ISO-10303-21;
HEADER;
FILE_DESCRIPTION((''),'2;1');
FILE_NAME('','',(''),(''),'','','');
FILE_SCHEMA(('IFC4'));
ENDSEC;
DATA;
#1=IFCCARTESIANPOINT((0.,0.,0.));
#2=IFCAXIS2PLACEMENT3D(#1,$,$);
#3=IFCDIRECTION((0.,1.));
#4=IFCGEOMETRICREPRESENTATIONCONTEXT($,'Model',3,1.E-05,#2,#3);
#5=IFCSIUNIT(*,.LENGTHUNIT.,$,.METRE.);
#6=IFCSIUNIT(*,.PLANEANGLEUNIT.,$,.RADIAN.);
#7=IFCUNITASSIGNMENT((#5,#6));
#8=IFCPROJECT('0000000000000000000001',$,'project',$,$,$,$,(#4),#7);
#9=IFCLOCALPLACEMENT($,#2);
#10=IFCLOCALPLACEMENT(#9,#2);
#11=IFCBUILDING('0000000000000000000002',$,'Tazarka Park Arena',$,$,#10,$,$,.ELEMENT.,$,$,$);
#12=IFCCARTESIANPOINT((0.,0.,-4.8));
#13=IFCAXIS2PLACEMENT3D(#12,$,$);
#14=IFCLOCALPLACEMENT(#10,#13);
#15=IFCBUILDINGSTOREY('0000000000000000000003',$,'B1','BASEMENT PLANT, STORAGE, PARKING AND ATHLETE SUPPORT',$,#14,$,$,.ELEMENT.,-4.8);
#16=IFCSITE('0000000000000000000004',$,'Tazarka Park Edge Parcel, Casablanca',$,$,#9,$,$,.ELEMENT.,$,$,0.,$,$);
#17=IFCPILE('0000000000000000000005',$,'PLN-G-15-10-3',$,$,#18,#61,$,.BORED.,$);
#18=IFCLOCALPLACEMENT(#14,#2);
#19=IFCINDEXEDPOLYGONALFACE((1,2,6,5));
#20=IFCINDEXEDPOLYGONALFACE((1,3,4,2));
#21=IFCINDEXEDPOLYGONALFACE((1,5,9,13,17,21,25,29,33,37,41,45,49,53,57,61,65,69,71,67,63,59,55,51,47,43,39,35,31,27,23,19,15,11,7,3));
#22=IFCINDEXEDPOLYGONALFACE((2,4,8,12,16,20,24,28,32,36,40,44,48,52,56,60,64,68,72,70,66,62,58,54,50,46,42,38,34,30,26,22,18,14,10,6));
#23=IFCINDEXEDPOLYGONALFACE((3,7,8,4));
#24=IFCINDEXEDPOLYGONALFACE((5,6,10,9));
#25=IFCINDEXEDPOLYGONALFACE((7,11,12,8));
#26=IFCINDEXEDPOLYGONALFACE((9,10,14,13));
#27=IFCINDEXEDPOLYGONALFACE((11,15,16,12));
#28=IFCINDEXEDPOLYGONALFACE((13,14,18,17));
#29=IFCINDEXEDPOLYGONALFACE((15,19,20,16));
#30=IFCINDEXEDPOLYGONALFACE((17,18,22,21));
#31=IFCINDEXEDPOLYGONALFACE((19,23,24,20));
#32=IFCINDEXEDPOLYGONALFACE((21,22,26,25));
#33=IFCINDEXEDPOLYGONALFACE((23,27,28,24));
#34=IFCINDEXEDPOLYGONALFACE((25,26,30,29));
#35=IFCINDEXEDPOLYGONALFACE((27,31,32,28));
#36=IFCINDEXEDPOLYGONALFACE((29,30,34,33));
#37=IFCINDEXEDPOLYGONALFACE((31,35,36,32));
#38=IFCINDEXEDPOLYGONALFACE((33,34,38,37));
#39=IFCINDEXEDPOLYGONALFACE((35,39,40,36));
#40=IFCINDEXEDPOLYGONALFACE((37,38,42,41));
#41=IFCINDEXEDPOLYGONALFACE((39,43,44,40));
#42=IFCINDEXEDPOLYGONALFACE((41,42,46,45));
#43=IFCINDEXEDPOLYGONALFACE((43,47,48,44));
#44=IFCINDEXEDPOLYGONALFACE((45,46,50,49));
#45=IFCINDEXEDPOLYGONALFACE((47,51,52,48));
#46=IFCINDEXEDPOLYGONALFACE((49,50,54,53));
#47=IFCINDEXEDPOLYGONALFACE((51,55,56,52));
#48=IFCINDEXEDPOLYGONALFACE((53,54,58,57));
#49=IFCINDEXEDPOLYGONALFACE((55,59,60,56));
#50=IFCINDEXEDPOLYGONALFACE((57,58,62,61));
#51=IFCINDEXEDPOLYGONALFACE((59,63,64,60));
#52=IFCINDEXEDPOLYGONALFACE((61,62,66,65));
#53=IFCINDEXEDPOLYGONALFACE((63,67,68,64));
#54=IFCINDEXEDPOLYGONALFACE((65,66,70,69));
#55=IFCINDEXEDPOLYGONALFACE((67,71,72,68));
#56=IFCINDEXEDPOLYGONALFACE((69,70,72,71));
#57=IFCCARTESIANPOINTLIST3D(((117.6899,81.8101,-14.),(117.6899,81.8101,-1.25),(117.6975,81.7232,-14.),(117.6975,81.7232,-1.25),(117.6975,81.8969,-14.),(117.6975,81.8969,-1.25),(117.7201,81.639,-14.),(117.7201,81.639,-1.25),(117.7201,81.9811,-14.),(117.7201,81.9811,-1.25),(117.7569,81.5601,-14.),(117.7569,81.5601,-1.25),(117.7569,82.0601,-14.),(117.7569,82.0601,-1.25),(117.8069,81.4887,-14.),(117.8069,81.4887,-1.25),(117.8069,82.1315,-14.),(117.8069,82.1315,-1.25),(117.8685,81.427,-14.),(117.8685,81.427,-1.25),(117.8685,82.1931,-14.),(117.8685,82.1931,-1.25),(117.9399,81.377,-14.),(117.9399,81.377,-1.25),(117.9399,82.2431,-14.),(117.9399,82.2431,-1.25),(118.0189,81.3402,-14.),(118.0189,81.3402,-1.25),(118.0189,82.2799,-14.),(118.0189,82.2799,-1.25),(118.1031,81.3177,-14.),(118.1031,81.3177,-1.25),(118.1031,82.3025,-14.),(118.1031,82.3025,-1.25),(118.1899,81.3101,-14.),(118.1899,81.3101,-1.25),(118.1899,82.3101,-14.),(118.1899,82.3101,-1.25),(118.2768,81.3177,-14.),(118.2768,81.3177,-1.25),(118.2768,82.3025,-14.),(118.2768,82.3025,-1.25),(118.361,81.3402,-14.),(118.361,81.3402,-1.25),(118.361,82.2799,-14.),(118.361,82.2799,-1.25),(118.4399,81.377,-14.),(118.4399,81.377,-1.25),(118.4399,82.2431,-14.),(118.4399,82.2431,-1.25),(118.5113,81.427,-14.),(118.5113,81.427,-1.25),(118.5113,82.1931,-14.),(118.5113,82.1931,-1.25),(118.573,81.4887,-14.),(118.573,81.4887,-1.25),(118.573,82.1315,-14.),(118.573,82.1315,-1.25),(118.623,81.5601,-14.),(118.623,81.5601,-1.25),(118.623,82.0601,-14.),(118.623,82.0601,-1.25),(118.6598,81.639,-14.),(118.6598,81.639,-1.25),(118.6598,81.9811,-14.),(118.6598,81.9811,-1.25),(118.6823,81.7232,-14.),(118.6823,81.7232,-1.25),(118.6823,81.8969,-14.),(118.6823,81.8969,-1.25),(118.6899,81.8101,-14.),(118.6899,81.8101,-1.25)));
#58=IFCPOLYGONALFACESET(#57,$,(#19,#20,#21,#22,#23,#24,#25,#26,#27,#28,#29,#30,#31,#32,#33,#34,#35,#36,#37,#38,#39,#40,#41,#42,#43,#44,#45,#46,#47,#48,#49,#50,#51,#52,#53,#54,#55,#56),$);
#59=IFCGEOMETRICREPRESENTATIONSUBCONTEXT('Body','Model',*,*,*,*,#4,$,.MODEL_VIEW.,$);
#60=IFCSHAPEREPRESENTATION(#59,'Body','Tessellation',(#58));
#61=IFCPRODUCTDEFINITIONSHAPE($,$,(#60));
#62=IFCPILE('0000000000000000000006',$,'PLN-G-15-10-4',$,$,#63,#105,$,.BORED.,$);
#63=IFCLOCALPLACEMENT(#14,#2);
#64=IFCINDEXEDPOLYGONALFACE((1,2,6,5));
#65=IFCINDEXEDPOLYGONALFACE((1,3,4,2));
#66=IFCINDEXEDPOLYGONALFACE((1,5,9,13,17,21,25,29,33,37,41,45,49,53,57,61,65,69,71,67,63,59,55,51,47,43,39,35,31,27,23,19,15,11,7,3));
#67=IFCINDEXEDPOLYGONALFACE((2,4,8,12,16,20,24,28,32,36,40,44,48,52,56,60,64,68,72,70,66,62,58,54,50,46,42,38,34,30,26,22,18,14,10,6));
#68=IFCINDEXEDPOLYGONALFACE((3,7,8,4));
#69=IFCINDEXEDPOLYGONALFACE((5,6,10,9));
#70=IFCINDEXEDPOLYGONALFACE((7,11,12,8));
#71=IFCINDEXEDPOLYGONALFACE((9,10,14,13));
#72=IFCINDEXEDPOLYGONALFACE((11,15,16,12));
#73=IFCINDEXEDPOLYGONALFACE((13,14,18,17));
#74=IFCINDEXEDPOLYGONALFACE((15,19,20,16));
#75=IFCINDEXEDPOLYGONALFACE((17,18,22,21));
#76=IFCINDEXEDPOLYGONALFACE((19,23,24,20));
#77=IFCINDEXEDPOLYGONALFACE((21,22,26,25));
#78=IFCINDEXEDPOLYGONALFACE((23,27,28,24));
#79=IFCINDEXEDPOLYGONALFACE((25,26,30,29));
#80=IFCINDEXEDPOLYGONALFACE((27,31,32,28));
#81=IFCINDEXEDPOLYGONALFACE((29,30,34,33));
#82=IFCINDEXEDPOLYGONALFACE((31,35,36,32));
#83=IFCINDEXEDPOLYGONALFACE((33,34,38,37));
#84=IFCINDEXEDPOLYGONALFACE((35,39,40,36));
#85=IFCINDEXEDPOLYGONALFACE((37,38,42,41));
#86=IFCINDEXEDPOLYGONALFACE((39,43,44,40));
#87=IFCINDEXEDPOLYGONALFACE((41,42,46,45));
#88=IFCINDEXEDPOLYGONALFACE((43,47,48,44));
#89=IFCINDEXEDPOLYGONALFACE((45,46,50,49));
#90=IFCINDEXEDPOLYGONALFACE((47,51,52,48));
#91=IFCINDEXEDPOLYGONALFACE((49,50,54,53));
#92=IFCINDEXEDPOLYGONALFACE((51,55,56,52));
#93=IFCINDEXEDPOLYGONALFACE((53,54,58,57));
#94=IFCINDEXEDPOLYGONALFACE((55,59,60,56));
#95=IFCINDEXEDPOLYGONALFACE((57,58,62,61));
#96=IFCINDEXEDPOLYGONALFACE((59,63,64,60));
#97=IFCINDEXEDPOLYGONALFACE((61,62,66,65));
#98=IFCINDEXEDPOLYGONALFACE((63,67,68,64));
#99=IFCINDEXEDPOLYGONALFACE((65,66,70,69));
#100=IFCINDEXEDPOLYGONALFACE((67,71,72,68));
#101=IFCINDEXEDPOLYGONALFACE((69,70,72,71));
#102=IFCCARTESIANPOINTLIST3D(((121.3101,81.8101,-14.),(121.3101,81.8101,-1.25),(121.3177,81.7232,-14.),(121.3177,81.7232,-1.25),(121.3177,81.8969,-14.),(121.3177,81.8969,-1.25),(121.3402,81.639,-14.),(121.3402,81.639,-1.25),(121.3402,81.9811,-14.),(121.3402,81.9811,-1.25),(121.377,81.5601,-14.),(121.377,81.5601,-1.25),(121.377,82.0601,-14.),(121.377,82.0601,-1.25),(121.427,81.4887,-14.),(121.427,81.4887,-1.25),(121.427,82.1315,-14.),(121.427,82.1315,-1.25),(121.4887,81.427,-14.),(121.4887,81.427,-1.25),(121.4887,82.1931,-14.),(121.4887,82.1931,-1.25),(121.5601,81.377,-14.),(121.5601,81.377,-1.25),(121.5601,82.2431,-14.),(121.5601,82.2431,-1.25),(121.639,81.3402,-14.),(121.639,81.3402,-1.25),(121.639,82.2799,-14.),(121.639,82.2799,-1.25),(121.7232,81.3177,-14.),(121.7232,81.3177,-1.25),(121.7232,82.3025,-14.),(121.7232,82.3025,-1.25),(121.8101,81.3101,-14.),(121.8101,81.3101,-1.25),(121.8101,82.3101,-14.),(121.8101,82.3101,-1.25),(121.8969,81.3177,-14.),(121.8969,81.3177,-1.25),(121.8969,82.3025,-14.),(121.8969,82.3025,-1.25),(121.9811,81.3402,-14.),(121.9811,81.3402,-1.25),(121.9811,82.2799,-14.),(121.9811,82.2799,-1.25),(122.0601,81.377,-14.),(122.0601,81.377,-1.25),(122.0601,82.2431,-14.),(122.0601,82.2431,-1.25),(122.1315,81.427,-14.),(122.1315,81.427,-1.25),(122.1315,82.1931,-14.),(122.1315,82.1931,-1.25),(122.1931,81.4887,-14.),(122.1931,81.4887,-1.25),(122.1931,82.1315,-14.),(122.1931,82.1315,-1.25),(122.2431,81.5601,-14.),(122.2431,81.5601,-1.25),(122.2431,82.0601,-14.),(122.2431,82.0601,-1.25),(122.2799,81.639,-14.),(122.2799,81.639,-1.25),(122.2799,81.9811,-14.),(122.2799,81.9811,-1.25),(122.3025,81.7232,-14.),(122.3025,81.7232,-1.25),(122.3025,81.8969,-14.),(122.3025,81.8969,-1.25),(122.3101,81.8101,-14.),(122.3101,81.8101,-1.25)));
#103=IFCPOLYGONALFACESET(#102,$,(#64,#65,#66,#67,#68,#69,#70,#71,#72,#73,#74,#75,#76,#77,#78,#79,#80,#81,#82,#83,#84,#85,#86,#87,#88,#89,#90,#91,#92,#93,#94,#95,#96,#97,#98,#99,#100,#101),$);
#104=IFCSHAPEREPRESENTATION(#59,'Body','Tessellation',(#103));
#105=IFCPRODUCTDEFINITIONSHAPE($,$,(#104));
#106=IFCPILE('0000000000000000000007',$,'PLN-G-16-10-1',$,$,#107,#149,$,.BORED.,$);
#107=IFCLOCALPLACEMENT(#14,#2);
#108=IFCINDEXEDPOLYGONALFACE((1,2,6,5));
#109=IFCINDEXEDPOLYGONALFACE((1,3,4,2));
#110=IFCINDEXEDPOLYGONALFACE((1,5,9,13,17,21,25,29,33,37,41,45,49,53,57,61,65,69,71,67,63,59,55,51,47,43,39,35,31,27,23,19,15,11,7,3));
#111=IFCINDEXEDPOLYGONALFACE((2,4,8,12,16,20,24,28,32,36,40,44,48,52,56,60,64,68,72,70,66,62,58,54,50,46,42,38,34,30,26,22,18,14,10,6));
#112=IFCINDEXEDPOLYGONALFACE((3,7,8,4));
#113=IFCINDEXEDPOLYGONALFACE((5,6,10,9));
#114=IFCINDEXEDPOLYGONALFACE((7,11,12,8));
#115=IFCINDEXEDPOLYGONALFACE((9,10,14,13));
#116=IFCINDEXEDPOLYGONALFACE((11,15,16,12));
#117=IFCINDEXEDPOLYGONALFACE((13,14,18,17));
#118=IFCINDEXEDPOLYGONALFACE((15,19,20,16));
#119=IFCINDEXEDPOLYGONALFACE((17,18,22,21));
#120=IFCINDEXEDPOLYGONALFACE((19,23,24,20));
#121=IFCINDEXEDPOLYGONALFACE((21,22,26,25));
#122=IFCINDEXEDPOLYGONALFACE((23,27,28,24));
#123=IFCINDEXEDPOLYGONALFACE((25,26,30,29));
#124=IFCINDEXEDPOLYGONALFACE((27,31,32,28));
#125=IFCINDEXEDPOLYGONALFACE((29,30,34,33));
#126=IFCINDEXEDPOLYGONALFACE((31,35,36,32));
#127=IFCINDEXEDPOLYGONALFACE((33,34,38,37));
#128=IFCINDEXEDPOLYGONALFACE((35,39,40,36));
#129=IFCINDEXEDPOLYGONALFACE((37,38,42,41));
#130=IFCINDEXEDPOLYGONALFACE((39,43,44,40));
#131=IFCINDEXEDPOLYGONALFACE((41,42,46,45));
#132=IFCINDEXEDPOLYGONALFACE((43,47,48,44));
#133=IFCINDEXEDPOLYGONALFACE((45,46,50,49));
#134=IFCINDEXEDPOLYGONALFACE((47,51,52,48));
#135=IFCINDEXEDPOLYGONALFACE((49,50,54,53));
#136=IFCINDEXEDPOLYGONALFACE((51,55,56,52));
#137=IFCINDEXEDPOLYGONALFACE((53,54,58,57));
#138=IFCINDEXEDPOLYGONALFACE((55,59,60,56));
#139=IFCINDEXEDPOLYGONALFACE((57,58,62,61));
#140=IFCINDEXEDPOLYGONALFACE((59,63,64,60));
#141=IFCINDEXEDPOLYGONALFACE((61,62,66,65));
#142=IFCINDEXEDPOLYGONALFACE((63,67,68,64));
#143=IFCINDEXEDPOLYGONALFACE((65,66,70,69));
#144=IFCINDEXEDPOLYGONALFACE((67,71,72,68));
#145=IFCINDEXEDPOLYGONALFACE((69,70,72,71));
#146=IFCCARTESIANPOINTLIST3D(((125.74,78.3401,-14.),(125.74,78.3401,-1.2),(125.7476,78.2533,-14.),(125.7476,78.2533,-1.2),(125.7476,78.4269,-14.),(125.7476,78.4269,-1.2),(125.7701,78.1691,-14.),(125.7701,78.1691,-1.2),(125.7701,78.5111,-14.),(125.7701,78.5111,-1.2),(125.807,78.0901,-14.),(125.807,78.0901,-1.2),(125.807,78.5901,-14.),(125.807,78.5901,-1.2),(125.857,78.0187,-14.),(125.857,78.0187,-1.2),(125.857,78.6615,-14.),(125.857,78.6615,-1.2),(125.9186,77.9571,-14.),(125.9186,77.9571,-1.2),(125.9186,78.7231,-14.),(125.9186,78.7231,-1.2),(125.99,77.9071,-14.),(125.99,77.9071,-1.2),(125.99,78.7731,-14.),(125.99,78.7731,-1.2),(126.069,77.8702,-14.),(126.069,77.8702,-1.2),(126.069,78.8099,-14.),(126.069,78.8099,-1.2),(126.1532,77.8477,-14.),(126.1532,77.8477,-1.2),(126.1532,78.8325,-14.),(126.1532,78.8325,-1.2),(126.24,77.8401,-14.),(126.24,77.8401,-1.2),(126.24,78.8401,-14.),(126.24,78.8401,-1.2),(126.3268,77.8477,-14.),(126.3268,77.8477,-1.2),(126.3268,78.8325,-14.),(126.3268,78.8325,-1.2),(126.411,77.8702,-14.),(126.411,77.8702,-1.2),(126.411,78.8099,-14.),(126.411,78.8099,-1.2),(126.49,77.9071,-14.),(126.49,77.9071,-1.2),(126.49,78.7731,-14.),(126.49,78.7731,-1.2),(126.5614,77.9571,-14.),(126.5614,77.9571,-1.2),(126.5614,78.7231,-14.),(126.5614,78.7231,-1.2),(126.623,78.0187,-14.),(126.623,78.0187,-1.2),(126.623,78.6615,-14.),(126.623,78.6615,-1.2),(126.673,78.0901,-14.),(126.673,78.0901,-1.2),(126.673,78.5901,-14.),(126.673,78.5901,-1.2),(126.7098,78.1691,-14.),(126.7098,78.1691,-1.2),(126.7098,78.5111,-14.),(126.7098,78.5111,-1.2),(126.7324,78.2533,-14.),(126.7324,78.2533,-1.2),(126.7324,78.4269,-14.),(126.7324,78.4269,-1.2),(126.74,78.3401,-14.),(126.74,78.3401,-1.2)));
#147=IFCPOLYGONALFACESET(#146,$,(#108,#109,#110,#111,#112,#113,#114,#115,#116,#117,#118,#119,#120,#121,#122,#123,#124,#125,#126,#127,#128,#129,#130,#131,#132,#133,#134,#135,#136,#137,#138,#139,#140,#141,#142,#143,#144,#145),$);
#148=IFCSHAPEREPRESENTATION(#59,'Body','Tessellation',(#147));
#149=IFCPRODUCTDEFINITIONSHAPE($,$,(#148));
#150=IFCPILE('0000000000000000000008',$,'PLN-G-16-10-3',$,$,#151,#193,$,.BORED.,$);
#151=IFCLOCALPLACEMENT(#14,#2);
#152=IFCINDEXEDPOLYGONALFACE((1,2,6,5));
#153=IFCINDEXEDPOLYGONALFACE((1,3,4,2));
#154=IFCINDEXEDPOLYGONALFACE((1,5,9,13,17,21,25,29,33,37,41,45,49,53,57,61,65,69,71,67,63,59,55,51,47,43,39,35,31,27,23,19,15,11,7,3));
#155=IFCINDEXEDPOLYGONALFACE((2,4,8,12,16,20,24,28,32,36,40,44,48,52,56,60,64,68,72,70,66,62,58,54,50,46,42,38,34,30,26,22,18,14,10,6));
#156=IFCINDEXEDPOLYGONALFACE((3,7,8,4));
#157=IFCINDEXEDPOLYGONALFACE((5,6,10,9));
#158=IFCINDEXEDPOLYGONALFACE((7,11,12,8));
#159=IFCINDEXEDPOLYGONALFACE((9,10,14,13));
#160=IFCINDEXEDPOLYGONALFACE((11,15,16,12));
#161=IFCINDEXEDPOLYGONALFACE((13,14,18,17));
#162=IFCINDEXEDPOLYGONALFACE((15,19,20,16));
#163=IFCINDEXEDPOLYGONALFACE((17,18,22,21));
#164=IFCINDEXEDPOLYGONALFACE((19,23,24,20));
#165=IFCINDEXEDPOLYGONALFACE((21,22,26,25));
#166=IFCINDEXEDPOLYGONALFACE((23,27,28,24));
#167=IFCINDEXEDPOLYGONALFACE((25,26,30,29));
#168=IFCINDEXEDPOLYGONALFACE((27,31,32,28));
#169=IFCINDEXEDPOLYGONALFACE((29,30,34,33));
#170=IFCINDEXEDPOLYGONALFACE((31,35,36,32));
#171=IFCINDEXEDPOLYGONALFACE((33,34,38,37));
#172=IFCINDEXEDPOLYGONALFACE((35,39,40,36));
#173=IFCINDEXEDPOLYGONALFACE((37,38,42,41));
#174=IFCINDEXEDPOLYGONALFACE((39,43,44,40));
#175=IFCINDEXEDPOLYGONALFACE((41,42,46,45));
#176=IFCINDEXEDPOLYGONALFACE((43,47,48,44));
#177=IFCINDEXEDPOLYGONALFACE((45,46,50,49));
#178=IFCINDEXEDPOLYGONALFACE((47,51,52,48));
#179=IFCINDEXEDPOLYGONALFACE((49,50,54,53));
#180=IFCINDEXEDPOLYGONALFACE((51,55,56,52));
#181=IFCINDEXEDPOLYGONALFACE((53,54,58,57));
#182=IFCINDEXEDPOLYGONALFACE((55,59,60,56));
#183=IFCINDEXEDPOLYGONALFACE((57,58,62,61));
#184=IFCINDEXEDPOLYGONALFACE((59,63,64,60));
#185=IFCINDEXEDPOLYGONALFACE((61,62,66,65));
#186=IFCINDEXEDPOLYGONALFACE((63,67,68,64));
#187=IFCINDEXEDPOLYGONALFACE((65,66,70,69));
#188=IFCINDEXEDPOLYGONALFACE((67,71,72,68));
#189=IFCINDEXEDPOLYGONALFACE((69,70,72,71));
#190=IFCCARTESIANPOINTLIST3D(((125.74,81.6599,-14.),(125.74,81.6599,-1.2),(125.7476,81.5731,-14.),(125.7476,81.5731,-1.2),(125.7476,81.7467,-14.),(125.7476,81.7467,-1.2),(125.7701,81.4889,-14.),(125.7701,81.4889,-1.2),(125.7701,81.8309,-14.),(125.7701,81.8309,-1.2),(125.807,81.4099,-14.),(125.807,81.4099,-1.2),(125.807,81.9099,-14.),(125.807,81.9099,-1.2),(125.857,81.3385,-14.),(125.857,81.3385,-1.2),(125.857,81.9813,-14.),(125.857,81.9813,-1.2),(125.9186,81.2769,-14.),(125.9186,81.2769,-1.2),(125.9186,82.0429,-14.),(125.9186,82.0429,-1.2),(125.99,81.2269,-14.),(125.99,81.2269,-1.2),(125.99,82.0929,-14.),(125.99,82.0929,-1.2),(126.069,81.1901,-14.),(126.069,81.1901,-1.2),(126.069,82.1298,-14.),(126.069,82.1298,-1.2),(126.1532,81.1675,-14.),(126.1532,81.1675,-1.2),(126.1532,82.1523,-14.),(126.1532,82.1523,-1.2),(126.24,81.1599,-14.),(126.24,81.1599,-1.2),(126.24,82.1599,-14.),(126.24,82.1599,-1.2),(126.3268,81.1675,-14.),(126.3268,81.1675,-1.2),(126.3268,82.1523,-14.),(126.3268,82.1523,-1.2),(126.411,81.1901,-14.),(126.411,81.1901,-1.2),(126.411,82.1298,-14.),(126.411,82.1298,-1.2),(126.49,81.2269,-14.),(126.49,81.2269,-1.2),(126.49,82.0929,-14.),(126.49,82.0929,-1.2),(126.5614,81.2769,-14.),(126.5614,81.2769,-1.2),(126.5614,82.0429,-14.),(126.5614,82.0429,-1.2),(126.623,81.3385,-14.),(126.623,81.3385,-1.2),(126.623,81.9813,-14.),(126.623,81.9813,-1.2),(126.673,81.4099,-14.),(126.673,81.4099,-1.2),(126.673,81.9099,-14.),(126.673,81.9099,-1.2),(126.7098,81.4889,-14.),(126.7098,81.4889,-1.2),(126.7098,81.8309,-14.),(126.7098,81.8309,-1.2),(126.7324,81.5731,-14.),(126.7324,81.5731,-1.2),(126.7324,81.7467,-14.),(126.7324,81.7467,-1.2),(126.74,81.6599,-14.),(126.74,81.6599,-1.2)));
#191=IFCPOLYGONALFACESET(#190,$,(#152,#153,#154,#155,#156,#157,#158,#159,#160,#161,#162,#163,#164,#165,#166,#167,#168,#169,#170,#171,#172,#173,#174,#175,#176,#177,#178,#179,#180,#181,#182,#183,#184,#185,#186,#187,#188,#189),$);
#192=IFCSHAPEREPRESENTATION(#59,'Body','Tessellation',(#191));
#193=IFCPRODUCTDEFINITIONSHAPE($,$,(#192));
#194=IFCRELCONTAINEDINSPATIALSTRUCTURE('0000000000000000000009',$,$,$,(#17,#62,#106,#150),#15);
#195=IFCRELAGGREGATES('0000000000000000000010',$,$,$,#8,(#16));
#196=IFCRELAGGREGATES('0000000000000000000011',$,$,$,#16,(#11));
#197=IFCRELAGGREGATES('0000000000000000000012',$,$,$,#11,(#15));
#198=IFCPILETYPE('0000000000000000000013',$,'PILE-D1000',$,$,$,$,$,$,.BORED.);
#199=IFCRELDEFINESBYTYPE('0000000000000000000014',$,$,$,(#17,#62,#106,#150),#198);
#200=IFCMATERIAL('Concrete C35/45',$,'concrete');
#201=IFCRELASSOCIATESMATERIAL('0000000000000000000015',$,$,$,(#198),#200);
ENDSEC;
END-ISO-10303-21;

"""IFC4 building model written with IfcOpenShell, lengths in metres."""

from ifc_helpers import new_model, si_unit, direction, frame, origin, origin_2d, place, context, subcontext, project, spatial, circle, extrude, material, material_profile, profile_set, type_object, element, save


model = new_model("IFC4")

# Units and contexts
model_context = context("Model", 3, precision=1e-05, world=origin(), true_north=direction((0.0, 1.0)))
body_context = subcontext(model_context, "Body", "Model", "MODEL_VIEW")
ifc_project = project(units=[si_unit("LENGTHUNIT", "METRE"), si_unit("PLANEANGLEUNIT", "RADIAN")], contexts=[model_context])

# Site, building, storey
site_placement = place(None, origin())
site = spatial("IfcSite", under=ifc_project, at=site_placement, Name="Tazarka Park Edge Parcel, Casablanca", CompositionType="ELEMENT", RefElevation=0.0)
building_placement = place(site_placement, origin())
building = spatial("IfcBuilding", under=site, at=building_placement, Name="Tazarka Park Arena", CompositionType="ELEMENT")
storey_placement = place(building_placement, frame((0.0, 0.0, -4.8)))
storey = spatial("IfcBuildingStorey", under=building, at=storey_placement, Name="B1", Description="BASEMENT PLANT, STORAGE, PARKING AND ATHLETE SUPPORT", CompositionType="ELEMENT", Elevation=-4.8)

# Piles
ifc_material_1 = material(Name="Concrete C35/45", Category="concrete")
ifc_material_profile_1 = material_profile(ifc_material_1, circle(Radius=0.5, at=origin_2d()), Name="Concrete C35/45")
ifc_profile_set_1 = profile_set([ifc_material_profile_1], Name="Concrete C35/45")
pile_type_1 = type_object("IfcPileType", Name="PILE-D1000", PredefinedType="BORED", material=ifc_profile_set_1)
for number, where, z_axis, x_axis, name in (
    (1, (118.1899, 81.8101, -1.25), (0.0, 0.0, -1.0), (1.0, 0.0, 0.0), "PLN-G-15-10-3"),
    (2, (121.8101, 81.8101, -1.25), (0.0, 0.0, -1.0), (1.0, 0.0, 0.0), "PLN-G-15-10-4"),
):
    element("IfcPile", number, at=place(storey_placement, frame(where, z_axis=z_axis, x_axis=x_axis)), inside=storey, type_object=pile_type_1, Name=name, PredefinedType="BORED", context=body_context, shape_type="SweptSolid", body=[
        extrude(circle(Radius=0.5, at=origin_2d()), origin(), (0.0, 0.0, 1.0), 12.75),
    ])
for number, where, z_axis, x_axis, name in (
    (3, (126.24, 78.3401, -1.2), (0.0, 0.0, -1.0), (1.0, 0.0, 0.0), "PLN-G-16-10-1"),
    (4, (126.24, 81.6599, -1.2), (0.0, 0.0, -1.0), (1.0, 0.0, 0.0), "PLN-G-16-10-3"),
):
    element("IfcPile", number, at=place(storey_placement, frame(where, z_axis=z_axis, x_axis=x_axis)), inside=storey, type_object=pile_type_1, Name=name, PredefinedType="BORED", context=body_context, shape_type="SweptSolid", body=[
        extrude(circle(Radius=0.5, at=origin_2d()), origin(), (0.0, 0.0, 1.0), 12.8),
    ])

save(model, "model.ifc")
